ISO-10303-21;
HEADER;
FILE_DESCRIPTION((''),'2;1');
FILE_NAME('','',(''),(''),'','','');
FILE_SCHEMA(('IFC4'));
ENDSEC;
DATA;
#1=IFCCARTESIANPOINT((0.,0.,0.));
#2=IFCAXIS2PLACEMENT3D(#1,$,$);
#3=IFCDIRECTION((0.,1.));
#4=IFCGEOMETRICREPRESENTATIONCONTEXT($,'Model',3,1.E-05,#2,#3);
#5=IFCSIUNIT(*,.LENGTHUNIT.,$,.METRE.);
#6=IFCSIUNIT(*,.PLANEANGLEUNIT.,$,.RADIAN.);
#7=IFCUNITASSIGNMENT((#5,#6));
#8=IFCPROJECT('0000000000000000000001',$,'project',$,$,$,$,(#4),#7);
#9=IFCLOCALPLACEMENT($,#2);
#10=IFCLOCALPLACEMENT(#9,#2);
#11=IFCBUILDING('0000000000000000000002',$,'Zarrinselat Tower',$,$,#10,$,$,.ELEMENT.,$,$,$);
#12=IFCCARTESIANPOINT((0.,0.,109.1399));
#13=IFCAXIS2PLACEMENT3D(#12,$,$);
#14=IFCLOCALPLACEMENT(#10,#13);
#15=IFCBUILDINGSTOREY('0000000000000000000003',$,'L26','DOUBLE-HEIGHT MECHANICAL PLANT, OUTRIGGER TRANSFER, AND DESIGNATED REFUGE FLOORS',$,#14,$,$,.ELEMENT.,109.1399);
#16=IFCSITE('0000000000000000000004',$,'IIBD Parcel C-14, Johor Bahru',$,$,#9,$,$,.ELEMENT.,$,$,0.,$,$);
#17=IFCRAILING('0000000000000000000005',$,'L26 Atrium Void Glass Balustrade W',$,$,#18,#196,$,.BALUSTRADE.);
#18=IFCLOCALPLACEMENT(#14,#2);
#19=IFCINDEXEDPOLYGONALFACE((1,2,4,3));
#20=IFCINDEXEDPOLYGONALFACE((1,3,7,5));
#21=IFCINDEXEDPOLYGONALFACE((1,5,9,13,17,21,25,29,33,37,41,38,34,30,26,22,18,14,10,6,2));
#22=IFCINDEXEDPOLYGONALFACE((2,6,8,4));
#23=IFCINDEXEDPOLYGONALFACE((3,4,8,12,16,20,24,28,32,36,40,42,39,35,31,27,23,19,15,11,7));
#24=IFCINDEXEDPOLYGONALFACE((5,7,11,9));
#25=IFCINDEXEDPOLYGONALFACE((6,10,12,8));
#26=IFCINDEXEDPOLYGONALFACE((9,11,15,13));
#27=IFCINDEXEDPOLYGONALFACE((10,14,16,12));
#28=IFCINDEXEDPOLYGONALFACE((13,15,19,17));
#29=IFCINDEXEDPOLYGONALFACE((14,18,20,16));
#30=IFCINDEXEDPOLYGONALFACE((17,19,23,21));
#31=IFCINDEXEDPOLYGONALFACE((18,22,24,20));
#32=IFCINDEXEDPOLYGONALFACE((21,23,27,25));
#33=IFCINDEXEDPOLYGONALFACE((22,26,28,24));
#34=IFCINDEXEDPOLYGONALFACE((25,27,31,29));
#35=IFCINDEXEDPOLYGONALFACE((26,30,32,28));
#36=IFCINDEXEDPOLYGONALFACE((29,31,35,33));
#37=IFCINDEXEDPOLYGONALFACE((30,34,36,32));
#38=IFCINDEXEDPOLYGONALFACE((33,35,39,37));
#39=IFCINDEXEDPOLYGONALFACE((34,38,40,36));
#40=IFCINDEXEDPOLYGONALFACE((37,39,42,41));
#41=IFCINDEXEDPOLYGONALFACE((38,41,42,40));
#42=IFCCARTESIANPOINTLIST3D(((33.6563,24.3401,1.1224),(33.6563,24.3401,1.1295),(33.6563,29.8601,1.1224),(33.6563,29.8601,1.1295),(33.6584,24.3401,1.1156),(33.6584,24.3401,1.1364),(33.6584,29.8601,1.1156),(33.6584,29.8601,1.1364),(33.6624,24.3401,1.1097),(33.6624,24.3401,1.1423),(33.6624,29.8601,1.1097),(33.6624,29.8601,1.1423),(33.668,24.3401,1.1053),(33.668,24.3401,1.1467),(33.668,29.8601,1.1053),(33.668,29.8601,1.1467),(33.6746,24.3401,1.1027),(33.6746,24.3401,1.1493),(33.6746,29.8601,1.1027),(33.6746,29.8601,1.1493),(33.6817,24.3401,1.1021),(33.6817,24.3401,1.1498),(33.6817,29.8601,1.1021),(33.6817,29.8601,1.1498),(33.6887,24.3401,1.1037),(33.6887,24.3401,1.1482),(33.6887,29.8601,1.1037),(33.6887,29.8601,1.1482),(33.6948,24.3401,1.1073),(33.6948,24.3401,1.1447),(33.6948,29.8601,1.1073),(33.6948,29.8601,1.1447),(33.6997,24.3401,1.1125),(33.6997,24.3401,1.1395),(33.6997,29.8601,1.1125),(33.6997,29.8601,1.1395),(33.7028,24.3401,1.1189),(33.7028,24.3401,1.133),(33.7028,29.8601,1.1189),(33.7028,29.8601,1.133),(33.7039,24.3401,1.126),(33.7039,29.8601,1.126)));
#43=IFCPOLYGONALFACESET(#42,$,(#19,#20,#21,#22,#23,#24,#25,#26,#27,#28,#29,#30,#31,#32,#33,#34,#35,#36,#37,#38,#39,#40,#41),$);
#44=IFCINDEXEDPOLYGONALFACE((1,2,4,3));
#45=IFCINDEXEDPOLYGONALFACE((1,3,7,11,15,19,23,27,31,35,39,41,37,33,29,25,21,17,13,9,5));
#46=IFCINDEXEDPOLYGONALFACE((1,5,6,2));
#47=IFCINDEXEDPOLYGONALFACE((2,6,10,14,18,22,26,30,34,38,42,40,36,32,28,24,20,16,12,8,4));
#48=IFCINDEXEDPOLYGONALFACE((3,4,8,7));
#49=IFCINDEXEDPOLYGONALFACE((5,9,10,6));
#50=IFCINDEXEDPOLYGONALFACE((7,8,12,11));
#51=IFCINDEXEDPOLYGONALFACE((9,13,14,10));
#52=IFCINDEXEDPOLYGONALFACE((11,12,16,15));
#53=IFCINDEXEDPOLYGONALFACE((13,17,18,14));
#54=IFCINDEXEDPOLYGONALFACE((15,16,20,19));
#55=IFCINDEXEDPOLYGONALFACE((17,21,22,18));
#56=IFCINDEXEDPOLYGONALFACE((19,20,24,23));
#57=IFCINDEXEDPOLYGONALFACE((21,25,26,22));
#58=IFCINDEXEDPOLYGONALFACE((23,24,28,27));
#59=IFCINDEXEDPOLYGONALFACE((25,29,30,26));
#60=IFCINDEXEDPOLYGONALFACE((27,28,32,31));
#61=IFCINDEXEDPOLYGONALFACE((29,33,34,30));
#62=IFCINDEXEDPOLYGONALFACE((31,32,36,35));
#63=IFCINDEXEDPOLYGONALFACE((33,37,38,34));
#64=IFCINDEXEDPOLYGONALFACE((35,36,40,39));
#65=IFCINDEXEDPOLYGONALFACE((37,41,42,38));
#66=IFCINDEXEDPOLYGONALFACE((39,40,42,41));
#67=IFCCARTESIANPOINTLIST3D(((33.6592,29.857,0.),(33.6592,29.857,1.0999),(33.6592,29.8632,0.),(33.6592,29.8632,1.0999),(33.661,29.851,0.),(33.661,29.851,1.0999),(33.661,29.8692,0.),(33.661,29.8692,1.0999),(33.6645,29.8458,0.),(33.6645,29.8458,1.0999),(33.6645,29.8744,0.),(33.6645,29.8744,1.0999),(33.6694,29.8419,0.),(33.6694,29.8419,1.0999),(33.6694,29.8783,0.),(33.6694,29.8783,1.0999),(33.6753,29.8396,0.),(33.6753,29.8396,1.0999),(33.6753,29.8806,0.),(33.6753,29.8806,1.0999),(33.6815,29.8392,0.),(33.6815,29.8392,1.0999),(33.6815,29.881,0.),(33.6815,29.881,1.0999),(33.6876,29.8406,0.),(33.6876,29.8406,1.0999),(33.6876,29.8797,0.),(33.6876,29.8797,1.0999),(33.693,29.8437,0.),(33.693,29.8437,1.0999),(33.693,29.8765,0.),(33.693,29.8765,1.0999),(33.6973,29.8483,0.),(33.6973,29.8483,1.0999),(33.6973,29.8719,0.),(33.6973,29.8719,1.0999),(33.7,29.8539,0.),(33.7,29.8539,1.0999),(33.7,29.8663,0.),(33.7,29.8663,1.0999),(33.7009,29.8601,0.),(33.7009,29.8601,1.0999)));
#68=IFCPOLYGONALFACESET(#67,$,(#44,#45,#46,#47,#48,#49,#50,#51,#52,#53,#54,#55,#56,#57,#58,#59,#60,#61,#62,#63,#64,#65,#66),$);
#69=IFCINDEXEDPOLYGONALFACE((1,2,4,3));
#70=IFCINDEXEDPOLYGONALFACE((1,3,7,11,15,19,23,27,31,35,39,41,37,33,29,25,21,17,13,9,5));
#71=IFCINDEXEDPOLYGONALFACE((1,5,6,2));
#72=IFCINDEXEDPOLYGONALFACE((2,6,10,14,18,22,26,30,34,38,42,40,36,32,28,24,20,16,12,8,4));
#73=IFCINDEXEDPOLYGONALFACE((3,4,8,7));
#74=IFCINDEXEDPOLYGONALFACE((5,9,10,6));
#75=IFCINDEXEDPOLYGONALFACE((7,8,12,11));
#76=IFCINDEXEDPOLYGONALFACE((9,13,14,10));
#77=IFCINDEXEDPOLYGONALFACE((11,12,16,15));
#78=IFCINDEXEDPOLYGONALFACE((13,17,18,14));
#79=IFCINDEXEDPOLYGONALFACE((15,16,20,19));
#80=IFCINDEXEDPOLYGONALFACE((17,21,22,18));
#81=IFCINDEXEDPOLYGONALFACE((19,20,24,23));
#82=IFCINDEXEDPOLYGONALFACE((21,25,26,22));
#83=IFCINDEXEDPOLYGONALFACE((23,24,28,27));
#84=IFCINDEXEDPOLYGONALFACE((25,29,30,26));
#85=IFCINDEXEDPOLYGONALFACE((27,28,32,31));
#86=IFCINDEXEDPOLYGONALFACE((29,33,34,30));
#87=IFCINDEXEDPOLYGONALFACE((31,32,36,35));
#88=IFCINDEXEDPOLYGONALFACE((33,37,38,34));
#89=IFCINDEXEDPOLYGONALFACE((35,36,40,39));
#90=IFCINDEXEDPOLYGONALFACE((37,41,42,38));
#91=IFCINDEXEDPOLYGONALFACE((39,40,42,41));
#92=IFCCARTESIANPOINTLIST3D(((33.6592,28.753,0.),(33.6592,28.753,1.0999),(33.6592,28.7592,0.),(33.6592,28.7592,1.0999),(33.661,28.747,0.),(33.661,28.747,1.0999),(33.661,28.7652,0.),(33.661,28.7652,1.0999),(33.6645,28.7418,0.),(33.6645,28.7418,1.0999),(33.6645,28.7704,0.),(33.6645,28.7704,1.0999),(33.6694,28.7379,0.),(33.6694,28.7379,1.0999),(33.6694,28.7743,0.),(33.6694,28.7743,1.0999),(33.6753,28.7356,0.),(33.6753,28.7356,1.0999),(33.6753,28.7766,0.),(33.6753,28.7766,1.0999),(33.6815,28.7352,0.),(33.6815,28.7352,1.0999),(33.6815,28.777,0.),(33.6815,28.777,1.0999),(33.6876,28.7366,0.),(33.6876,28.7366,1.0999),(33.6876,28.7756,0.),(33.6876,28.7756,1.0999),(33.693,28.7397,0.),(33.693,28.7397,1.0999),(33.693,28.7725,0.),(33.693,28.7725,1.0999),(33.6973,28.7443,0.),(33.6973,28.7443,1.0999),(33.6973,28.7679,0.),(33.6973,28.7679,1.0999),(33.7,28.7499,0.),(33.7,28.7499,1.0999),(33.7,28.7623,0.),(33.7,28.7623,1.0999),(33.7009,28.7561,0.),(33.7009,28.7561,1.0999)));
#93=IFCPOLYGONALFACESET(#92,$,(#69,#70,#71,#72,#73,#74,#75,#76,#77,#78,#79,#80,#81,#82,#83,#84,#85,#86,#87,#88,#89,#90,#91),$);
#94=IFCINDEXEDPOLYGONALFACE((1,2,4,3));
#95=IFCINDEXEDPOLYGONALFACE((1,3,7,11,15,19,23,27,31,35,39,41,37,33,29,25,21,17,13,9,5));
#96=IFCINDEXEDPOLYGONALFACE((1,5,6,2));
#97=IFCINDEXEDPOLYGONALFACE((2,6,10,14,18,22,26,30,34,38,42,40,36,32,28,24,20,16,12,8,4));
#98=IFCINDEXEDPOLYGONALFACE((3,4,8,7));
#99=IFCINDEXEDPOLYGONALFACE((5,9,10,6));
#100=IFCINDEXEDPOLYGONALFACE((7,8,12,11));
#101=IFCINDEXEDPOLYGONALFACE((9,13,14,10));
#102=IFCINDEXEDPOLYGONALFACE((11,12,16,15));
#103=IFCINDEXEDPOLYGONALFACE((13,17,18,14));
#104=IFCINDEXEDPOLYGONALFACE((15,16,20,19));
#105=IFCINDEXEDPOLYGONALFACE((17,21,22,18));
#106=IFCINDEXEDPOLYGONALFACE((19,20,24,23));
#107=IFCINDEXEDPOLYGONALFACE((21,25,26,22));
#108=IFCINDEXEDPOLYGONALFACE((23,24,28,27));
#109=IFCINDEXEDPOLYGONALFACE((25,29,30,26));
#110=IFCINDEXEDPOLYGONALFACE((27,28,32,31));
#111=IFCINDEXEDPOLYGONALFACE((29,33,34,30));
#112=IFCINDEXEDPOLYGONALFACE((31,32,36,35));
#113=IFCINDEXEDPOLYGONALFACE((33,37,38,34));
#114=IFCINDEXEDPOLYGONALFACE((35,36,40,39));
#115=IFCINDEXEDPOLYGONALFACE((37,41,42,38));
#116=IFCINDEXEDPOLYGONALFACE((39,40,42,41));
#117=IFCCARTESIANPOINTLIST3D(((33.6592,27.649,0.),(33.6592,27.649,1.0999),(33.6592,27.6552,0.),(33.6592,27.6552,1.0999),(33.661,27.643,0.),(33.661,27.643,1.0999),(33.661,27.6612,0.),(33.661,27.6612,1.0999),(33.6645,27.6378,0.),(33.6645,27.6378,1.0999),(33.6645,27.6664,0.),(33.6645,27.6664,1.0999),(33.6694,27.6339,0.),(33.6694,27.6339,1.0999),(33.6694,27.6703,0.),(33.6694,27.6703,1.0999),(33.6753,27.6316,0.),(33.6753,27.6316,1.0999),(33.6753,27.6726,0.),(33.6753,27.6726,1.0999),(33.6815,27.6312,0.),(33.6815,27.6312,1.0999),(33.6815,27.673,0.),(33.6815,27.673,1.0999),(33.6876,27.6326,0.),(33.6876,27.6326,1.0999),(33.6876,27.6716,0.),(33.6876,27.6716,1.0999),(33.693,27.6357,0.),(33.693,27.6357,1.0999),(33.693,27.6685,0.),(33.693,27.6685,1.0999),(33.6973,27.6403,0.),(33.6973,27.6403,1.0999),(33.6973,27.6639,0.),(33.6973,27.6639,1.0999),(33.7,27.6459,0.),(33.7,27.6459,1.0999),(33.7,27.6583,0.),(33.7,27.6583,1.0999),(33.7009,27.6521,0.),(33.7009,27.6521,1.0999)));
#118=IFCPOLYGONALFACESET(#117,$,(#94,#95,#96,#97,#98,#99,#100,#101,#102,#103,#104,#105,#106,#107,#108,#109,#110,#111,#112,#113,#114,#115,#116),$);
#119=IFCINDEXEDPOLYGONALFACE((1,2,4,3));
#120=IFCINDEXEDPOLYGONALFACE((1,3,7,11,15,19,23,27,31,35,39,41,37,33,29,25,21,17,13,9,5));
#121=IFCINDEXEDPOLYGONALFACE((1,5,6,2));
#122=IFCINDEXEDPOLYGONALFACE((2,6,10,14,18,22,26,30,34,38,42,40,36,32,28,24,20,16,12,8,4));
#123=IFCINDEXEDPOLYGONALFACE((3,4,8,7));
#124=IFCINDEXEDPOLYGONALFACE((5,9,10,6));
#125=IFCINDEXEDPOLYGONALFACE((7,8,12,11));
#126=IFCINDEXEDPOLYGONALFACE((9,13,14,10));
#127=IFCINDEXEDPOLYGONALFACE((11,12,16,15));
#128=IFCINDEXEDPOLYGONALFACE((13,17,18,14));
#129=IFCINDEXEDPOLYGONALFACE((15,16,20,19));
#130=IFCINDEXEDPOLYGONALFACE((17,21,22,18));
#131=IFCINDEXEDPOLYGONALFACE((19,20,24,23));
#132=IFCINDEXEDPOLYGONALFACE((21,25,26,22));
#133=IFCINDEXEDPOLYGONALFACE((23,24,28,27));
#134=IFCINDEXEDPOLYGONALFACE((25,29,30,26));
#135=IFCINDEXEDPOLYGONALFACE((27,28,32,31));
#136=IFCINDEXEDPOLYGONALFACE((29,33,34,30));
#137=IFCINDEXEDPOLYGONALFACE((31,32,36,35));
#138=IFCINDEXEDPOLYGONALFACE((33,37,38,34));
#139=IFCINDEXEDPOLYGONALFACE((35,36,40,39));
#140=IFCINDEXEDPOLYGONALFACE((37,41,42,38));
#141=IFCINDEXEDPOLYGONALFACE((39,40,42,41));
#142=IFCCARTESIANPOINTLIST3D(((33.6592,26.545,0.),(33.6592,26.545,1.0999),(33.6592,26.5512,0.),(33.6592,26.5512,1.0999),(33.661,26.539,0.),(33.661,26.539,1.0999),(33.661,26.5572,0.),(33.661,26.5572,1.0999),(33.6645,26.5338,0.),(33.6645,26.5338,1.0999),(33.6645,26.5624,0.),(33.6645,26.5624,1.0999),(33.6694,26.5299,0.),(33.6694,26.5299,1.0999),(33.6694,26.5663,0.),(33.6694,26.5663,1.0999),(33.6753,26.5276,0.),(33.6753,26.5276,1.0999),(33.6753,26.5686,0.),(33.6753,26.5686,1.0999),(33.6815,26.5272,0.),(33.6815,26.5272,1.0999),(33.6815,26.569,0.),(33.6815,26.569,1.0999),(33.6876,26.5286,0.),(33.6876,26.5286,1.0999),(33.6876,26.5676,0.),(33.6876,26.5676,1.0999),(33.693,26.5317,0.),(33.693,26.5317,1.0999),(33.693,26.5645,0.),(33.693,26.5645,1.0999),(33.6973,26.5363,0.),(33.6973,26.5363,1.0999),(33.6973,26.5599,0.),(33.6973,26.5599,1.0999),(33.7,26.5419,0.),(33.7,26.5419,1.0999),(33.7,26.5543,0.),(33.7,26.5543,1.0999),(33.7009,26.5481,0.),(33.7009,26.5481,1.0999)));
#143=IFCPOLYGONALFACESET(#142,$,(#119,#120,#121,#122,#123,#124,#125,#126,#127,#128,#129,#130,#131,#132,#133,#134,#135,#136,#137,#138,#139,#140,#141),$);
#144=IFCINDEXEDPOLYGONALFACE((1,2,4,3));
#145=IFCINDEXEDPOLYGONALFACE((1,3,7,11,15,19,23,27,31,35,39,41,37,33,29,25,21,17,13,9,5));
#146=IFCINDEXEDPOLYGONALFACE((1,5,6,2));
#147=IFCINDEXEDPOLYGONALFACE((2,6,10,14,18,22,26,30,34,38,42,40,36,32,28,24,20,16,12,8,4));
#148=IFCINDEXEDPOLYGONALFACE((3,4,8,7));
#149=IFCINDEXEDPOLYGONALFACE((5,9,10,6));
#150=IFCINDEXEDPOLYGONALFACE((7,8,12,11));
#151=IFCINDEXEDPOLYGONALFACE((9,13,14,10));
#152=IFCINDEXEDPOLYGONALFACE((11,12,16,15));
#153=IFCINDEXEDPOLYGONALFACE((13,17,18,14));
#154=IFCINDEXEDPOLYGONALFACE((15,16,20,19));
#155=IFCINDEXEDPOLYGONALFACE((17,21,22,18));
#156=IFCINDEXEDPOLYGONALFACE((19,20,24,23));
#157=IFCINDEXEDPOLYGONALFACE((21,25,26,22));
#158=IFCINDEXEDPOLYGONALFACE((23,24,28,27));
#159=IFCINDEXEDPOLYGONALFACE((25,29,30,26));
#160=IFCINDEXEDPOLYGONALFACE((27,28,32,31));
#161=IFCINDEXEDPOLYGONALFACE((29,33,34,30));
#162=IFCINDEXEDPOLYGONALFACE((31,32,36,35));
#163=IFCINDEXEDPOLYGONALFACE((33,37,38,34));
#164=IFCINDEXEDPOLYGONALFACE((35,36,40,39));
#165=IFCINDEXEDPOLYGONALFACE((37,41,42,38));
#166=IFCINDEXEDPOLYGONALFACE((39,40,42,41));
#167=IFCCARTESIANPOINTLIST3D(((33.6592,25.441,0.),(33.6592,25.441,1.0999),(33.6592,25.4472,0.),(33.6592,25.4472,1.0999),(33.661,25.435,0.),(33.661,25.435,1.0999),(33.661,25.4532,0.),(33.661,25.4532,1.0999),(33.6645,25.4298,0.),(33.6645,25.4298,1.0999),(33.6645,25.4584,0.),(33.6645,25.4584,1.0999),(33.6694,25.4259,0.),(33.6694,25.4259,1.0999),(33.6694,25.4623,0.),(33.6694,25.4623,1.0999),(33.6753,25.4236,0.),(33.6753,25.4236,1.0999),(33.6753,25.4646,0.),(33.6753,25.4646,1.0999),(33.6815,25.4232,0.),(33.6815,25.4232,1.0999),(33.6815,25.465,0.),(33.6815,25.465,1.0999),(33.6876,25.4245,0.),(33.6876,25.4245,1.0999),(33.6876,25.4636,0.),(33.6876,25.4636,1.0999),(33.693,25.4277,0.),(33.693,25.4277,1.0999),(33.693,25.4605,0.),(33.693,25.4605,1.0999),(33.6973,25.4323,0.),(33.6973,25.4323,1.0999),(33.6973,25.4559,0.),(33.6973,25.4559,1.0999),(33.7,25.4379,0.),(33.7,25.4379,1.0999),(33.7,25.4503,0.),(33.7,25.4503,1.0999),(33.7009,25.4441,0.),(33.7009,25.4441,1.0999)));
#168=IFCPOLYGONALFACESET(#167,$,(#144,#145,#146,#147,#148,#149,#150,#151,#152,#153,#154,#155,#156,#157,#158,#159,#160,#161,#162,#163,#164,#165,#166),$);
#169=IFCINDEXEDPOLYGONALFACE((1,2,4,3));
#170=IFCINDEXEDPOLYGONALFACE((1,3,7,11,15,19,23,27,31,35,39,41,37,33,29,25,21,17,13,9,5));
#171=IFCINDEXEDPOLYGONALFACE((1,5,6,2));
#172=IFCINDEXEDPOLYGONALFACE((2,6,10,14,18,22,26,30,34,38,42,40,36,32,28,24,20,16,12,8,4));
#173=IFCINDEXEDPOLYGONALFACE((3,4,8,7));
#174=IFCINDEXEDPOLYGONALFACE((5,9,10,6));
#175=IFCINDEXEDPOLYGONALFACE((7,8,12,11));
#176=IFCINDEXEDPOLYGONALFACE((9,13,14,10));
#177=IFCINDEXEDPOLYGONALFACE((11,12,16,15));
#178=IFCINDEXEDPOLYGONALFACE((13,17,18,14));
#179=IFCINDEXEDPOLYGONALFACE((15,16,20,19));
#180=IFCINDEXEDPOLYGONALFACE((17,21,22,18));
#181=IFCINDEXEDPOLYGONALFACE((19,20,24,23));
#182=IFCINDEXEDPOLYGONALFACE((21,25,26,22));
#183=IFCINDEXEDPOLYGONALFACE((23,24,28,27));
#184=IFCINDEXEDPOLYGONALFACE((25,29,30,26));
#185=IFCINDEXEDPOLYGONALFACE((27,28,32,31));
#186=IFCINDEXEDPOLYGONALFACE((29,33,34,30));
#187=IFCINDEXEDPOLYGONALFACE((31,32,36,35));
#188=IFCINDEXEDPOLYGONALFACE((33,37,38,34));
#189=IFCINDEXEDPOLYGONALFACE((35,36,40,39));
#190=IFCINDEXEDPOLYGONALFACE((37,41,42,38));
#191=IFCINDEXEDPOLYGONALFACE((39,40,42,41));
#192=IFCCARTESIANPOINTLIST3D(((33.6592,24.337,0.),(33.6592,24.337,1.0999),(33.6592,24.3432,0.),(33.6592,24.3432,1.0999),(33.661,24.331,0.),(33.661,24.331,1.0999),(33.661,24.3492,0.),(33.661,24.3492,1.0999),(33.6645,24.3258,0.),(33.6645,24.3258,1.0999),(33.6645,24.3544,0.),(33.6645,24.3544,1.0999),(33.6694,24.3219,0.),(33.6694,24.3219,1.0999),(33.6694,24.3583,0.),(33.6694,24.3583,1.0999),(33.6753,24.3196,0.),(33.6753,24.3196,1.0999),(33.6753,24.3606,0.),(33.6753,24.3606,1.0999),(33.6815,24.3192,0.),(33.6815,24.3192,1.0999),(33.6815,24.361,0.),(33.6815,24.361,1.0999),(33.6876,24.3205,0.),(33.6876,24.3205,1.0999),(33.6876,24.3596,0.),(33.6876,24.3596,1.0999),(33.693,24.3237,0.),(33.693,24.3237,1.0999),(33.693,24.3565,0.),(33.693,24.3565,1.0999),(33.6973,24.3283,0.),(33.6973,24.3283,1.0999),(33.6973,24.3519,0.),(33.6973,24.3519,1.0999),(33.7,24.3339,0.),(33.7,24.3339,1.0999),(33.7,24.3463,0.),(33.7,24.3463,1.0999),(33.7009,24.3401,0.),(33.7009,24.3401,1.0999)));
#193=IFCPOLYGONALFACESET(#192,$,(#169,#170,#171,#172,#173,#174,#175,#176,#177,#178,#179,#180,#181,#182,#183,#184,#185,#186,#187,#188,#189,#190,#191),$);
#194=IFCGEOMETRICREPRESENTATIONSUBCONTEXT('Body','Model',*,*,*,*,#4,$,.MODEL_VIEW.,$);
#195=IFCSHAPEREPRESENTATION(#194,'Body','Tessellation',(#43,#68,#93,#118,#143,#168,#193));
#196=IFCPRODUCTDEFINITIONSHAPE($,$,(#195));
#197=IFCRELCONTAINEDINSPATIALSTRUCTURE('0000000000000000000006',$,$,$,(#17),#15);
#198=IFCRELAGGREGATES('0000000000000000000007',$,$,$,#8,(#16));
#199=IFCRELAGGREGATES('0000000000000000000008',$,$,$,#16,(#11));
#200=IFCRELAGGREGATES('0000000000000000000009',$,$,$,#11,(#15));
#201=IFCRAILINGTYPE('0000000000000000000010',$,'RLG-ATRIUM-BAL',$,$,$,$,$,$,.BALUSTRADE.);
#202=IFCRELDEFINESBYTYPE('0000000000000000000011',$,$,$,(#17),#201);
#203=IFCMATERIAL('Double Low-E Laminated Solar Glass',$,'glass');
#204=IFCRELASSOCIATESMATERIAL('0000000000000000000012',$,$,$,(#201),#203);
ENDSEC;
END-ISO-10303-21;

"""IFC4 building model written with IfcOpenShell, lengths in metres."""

from ifc_helpers import new_model, si_unit, direction, frame, origin, origin_2d, place, context, subcontext, project, spatial, circle, extrude, material, type_object, element, save


model = new_model("IFC4")

# Units and contexts
model_context = context("Model", 3, precision=1e-05, world=origin(), true_north=direction((0.0, 1.0)))
body_context = subcontext(model_context, "Body", "Model", "MODEL_VIEW")
ifc_project = project(units=[si_unit("LENGTHUNIT", "METRE"), si_unit("PLANEANGLEUNIT", "RADIAN")], contexts=[model_context])

# Site, building, storey
site_placement = place(None, origin())
site = spatial("IfcSite", under=ifc_project, at=site_placement, Name="IIBD Parcel C-14, Johor Bahru", CompositionType="ELEMENT", RefElevation=0.0)
building_placement = place(site_placement, origin())
building = spatial("IfcBuilding", under=site, at=building_placement, Name="Zarrinselat Tower", CompositionType="ELEMENT")
storey_placement = place(building_placement, frame((0.0, 0.0, 109.1399)))
storey = spatial("IfcBuildingStorey", under=building, at=storey_placement, Name="L26", Description="DOUBLE-HEIGHT MECHANICAL PLANT, OUTRIGGER TRANSFER, AND DESIGNATED REFUGE FLOORS", CompositionType="ELEMENT", Elevation=109.1399)

# Railing
ifc_material_1 = material(Name="Double Low-E Laminated Solar Glass", Category="glass")
railing_type_1 = type_object("IfcRailingType", Name="RLG-ATRIUM-BAL", PredefinedType="BALUSTRADE", material=ifc_material_1)
railing_1_placement = place(storey_placement, frame((33.6799, 29.8601, 0.0)))
element("IfcRailing", 1, at=railing_1_placement, inside=storey, type_object=railing_type_1, Name="L26 Atrium Void Glass Balustrade W", PredefinedType="BALUSTRADE", context=body_context, shape_type="SweptSolid", body=[
    extrude(circle(Radius=0.0239, at=origin_2d()), frame((0.0, 0.0, 1.126), z_axis=(0.0, -1.0, 0.0), x_axis=(1.0, 0.0, 0.0)), (0.0, 0.0, 1.0), 5.52),
    extrude(circle(Radius=0.021, at=origin_2d()), origin(), (0.0, 0.0, 1.0), 1.0999),
    extrude(circle(Radius=0.021, at=origin_2d()), frame((0.0, -1.104, 0.0)), (0.0, 0.0, 1.0), 1.0999),
    extrude(circle(Radius=0.021, at=origin_2d()), frame((0.0, -2.208, 0.0)), (0.0, 0.0, 1.0), 1.0999),
    extrude(circle(Radius=0.021, at=origin_2d()), frame((0.0, -3.312, 0.0)), (0.0, 0.0, 1.0), 1.0999),
    extrude(circle(Radius=0.021, at=origin_2d()), frame((0.0, -4.416, 0.0)), (0.0, 0.0, 1.0), 1.0999),
    extrude(circle(Radius=0.021, at=origin_2d()), frame((0.0, -5.52, 0.0)), (0.0, 0.0, 1.0), 1.0999),
])

save(model, "model.ifc")
